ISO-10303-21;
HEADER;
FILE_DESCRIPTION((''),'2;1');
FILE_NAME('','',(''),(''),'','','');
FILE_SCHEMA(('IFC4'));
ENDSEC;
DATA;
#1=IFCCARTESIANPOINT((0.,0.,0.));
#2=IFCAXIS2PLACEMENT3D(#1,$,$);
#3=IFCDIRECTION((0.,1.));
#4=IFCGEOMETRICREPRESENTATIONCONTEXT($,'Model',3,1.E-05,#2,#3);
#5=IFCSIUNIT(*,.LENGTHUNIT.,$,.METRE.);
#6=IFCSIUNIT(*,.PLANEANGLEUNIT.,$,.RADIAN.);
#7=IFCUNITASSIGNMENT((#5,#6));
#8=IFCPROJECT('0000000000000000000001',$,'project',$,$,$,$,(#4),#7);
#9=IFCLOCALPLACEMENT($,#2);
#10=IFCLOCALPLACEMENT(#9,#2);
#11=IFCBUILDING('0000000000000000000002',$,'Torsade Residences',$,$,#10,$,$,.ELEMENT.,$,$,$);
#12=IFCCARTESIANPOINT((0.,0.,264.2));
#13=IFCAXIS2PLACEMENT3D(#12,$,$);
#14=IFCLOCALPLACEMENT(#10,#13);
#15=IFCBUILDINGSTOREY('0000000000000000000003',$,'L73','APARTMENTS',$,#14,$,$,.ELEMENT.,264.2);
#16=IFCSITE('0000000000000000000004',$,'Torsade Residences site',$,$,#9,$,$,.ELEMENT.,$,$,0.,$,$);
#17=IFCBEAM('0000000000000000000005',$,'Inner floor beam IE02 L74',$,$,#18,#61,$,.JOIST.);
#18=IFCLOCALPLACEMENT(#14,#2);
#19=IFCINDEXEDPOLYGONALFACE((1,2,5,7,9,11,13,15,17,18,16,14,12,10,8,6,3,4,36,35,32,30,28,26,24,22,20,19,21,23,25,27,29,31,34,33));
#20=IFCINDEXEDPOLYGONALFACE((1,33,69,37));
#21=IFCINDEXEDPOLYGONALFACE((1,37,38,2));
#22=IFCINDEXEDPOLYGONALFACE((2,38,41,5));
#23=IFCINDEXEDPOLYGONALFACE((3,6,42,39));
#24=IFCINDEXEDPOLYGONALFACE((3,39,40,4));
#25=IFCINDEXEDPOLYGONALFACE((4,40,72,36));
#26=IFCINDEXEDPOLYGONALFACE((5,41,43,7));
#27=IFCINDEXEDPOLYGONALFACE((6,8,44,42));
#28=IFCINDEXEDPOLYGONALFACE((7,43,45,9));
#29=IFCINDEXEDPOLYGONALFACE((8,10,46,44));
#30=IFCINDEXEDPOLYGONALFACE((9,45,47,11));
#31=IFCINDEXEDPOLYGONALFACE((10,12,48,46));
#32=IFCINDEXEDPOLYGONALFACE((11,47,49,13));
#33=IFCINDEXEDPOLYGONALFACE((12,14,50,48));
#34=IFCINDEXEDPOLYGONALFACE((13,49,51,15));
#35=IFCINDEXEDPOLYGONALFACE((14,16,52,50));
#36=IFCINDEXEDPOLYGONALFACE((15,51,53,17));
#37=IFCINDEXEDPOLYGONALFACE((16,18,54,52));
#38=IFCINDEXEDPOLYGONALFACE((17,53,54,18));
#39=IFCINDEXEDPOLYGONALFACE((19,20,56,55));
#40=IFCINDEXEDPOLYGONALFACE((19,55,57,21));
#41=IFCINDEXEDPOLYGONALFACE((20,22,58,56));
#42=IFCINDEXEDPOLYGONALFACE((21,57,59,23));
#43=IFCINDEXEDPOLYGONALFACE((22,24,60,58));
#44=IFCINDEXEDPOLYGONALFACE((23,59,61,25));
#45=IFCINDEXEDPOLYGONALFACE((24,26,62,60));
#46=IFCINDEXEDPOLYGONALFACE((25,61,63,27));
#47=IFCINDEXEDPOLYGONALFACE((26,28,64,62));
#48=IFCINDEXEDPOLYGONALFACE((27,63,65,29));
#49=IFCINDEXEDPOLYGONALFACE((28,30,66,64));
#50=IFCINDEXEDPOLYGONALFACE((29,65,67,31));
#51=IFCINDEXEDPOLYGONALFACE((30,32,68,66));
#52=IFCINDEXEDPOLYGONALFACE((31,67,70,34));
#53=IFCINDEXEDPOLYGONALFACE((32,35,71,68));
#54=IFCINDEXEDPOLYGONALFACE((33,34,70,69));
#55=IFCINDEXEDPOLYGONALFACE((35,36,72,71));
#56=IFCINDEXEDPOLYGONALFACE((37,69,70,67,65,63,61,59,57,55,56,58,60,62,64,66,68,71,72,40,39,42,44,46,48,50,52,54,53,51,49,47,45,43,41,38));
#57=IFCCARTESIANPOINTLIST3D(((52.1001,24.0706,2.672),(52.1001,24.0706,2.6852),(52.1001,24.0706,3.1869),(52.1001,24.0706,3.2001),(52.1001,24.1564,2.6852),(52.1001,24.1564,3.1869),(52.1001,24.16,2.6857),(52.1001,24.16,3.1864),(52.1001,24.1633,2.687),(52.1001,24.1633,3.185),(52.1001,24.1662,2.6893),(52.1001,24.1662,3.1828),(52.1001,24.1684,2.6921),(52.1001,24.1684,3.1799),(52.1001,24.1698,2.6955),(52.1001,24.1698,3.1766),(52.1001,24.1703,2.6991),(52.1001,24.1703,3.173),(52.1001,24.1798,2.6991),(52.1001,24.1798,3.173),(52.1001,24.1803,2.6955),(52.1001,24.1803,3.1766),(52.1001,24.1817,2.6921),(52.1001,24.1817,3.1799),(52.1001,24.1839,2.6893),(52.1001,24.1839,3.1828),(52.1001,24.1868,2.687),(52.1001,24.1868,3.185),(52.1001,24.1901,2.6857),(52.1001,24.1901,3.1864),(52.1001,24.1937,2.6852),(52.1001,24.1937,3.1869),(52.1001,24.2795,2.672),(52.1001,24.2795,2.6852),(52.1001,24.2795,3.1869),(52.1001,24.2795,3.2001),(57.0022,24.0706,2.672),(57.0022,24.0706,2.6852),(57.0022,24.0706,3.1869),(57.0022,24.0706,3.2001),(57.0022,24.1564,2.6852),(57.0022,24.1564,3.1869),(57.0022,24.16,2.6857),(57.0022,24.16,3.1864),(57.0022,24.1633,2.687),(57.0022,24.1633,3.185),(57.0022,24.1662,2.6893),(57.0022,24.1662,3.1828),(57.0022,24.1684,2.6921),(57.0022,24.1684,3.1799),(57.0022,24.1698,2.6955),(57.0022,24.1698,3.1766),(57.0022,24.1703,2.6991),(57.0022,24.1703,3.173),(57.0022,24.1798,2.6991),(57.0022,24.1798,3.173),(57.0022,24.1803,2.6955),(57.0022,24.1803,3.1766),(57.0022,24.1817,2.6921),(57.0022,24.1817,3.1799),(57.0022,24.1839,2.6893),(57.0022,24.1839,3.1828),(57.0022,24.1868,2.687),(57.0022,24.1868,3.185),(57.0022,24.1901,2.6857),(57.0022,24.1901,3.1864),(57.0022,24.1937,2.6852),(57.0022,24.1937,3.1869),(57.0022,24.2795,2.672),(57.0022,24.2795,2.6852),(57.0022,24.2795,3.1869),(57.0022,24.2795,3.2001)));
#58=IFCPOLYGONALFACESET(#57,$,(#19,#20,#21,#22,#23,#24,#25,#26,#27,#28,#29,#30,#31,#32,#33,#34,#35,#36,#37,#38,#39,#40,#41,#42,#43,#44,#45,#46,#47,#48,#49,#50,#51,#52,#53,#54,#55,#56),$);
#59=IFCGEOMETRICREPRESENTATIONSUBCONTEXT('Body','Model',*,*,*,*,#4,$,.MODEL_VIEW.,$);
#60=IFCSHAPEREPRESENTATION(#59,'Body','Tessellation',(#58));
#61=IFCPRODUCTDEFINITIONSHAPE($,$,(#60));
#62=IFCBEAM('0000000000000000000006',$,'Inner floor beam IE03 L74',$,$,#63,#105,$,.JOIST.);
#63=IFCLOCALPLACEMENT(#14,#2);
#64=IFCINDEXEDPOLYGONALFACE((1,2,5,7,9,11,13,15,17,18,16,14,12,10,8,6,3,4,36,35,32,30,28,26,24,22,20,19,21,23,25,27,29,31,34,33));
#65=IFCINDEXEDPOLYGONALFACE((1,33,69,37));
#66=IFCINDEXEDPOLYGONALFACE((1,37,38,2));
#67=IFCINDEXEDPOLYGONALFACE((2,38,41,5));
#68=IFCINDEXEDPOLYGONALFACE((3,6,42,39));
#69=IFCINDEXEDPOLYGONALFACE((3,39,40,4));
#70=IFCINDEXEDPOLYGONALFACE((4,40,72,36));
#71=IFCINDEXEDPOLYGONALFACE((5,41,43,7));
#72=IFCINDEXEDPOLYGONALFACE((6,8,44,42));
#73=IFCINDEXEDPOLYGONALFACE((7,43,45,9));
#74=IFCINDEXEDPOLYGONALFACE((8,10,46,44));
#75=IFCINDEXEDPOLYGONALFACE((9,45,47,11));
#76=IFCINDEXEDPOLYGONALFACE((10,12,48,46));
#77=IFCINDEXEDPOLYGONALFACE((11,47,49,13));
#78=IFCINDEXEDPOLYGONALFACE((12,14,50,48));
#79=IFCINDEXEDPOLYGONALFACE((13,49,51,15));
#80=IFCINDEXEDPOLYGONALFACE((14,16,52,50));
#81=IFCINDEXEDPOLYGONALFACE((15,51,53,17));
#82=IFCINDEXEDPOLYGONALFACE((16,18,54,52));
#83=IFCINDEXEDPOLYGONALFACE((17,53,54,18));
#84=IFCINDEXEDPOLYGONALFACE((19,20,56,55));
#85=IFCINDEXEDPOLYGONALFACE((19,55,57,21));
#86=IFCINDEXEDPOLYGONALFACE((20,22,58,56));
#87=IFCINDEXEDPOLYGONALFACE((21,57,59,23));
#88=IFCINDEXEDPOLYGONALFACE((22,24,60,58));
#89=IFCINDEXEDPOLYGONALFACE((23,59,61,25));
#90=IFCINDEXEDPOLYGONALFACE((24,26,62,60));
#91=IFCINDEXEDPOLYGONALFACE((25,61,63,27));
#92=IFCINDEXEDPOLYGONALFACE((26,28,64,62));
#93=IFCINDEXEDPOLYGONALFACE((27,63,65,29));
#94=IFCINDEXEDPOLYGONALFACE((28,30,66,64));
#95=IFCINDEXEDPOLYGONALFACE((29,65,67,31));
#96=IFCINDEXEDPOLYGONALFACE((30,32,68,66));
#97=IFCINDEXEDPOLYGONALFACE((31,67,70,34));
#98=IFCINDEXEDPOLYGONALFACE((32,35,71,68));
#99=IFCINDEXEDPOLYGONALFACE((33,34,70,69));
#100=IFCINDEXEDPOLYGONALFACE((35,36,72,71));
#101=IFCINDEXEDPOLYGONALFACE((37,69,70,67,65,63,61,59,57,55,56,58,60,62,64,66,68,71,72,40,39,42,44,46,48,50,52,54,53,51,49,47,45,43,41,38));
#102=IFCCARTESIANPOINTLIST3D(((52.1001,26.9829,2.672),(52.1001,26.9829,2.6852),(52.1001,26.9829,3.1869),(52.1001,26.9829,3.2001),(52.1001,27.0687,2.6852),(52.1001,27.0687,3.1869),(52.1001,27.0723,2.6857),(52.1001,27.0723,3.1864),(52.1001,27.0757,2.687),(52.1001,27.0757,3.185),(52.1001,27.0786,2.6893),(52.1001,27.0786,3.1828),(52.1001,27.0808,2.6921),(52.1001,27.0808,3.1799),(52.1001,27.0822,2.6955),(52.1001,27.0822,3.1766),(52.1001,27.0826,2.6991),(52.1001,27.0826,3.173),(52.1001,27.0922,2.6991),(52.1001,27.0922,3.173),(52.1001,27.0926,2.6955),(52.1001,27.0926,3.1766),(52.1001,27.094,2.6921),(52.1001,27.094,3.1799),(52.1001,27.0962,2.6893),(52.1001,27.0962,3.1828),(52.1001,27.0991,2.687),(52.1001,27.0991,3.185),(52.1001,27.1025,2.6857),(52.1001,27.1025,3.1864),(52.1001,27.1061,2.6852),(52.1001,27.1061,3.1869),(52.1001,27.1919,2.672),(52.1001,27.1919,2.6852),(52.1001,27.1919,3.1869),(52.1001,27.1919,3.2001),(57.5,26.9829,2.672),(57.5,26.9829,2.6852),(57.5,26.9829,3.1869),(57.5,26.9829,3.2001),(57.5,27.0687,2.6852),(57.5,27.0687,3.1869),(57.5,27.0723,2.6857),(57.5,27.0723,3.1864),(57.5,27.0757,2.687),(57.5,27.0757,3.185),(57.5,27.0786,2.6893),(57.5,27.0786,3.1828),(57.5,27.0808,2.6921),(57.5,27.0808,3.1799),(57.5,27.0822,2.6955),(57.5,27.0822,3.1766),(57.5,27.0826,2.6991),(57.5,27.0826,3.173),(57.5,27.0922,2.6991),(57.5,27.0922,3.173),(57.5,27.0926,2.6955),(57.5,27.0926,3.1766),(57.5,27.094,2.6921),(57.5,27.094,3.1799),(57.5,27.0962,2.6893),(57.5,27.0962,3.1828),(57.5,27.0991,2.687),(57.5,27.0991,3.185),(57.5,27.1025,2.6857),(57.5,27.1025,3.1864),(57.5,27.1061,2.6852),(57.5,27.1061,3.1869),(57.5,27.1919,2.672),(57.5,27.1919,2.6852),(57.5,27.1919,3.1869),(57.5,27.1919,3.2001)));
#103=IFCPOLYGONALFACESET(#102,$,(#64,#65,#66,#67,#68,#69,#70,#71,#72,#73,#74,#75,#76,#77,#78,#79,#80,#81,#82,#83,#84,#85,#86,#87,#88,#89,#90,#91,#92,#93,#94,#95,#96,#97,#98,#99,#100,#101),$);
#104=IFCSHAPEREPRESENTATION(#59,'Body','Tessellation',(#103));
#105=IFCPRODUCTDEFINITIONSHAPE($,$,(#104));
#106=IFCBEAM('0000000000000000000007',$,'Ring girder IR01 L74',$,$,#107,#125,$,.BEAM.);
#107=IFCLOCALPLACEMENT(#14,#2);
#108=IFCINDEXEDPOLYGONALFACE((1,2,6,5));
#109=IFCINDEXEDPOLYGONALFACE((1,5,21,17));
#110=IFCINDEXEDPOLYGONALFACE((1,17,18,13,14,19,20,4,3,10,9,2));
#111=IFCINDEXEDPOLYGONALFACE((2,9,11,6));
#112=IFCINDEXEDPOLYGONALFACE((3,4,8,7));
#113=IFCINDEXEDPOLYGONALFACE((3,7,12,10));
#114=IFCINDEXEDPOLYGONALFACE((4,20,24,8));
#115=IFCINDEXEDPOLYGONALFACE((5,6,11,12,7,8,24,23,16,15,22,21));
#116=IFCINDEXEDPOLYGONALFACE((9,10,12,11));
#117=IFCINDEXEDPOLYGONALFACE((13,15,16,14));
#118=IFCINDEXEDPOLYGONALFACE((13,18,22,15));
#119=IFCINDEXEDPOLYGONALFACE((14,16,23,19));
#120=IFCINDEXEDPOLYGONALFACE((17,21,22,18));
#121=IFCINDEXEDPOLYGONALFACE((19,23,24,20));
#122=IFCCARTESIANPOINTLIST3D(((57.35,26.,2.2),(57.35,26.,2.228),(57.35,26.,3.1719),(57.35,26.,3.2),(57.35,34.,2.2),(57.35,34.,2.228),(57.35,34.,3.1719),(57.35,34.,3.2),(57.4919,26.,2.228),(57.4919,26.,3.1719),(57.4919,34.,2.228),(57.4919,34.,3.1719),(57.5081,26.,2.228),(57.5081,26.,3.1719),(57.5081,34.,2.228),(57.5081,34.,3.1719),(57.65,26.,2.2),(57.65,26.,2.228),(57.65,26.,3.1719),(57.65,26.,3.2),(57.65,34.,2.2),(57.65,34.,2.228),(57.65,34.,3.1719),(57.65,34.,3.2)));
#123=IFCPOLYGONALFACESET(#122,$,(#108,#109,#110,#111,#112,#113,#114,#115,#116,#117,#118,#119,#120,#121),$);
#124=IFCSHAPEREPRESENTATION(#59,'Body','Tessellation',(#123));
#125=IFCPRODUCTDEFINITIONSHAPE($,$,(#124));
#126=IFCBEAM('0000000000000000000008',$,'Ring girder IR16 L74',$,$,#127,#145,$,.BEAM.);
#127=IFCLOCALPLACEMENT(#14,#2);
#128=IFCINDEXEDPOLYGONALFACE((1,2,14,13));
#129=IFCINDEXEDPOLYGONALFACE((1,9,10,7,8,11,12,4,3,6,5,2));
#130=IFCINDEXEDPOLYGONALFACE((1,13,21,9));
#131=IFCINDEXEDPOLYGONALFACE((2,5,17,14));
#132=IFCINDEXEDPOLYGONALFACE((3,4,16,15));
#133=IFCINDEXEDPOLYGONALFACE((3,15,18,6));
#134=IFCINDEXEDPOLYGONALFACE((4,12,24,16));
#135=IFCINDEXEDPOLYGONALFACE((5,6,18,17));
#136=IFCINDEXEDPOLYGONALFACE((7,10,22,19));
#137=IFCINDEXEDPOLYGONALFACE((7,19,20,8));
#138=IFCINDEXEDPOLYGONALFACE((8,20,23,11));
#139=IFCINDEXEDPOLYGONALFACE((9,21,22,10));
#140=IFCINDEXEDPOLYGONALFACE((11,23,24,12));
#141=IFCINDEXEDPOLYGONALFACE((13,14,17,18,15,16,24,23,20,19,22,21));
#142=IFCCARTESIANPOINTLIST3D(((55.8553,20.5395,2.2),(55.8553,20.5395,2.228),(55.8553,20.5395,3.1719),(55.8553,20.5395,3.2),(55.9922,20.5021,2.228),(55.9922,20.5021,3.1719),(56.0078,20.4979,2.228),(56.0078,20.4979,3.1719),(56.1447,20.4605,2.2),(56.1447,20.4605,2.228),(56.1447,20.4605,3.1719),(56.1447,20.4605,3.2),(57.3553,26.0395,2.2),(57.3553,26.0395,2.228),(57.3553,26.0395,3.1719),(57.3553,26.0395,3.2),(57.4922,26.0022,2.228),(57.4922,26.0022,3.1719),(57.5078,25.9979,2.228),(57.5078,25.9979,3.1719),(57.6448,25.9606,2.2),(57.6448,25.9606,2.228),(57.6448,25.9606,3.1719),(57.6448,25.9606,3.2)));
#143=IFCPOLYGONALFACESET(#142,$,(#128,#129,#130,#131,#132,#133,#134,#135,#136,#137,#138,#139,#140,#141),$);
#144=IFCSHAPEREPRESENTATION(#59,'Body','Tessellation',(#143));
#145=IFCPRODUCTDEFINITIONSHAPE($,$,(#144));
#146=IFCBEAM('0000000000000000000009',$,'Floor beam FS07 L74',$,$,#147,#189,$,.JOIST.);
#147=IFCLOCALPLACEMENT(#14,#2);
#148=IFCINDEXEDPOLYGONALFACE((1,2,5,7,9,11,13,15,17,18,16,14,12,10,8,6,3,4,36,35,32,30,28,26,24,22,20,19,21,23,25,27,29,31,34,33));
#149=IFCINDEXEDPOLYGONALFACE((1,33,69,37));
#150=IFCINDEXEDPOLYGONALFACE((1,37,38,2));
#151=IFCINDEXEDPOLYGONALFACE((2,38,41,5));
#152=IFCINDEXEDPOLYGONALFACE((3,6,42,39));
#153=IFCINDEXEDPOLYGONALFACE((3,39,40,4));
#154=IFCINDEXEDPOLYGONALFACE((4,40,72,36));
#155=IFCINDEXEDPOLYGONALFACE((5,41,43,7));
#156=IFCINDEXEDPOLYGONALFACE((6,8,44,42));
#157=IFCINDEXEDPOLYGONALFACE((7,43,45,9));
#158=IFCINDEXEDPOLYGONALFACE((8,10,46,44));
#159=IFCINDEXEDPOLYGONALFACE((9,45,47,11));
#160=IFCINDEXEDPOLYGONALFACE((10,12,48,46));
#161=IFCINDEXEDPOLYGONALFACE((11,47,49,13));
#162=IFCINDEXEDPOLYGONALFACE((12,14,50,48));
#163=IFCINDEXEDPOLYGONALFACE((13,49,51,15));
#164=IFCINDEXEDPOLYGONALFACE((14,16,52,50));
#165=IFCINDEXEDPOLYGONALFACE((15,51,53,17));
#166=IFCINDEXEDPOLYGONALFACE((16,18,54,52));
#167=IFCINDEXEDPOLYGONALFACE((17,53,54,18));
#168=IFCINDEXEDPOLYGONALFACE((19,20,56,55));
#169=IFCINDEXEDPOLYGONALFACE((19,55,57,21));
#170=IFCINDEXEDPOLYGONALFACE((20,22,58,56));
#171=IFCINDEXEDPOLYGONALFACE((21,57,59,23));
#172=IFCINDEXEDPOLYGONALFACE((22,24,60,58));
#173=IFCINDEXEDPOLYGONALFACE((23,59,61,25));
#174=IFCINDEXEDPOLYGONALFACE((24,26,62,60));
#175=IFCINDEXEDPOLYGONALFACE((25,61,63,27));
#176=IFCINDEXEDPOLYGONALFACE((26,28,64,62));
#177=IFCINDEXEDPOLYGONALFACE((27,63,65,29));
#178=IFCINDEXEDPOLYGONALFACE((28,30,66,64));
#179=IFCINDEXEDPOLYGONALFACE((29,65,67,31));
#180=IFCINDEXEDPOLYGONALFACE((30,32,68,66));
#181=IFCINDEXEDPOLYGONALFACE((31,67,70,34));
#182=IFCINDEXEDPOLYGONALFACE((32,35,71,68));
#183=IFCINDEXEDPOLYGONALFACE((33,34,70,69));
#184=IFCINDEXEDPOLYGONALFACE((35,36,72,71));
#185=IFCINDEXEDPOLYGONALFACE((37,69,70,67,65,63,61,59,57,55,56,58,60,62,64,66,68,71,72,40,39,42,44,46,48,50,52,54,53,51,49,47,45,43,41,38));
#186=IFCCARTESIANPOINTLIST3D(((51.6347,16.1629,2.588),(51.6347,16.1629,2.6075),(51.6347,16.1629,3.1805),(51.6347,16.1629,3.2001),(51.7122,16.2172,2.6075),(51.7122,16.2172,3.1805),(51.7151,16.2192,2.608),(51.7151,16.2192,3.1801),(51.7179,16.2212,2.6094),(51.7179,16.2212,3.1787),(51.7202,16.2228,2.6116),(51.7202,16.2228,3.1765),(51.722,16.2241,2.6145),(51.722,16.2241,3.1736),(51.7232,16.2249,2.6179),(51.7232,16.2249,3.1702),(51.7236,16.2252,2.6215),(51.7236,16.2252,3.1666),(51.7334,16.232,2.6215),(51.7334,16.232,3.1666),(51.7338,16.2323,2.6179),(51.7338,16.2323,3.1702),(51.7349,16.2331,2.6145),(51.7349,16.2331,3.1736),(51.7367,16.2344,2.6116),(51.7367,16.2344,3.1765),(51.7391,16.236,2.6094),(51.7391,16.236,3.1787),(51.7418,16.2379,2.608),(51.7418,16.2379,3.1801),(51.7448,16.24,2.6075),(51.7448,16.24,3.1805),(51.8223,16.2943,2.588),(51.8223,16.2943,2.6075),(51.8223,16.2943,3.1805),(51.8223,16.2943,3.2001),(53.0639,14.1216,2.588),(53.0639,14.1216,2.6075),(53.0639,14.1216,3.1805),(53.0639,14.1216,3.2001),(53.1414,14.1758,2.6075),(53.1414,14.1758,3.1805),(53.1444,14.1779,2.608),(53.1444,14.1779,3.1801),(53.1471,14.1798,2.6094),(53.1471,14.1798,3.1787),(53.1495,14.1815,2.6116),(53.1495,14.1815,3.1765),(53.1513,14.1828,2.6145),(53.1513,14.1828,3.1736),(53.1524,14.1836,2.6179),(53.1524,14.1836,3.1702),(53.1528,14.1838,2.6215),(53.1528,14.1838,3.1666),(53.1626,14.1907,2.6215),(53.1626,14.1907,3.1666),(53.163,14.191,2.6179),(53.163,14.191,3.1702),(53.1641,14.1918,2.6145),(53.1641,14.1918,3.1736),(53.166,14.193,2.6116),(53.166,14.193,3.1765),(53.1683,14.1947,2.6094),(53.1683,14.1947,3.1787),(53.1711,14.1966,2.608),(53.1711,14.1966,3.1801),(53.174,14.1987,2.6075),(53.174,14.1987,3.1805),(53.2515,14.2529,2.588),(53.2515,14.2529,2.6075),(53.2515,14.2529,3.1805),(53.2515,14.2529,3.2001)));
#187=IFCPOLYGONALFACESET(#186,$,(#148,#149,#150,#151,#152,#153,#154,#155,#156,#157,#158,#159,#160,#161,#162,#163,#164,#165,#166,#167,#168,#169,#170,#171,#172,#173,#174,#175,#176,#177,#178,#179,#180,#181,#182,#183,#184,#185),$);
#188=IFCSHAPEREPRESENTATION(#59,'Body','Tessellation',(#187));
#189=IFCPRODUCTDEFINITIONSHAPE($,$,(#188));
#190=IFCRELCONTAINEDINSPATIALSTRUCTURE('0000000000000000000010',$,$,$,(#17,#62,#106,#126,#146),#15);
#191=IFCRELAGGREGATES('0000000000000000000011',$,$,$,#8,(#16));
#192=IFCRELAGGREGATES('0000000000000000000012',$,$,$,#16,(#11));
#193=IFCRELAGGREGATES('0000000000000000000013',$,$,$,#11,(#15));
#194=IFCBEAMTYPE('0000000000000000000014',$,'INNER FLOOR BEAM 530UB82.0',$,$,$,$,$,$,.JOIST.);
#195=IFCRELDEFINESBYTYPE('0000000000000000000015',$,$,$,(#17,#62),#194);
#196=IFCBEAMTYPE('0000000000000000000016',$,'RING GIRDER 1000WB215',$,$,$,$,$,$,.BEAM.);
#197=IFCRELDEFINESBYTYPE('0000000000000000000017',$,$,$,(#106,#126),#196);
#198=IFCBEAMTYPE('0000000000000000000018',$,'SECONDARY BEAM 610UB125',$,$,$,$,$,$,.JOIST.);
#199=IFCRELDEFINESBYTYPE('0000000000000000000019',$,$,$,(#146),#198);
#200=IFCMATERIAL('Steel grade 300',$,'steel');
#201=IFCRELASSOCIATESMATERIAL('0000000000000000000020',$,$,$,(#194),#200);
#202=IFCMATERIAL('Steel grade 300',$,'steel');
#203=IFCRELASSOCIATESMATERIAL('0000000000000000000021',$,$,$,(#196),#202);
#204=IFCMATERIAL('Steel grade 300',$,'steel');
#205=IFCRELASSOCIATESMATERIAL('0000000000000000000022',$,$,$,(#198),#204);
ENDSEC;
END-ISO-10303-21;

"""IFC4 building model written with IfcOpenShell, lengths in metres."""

from ifc_helpers import new_model, si_unit, direction, frame, origin, origin_2d, place, context, subcontext, project, spatial, i_section, extrude, material, material_profile, profile_set, type_object, element, save


model = new_model("IFC4")

# Units and contexts
model_context = context("Model", 3, precision=1e-05, world=origin(), true_north=direction((0.0, 1.0)))
body_context = subcontext(model_context, "Body", "Model", "MODEL_VIEW")
ifc_project = project(units=[si_unit("LENGTHUNIT", "METRE"), si_unit("PLANEANGLEUNIT", "RADIAN")], contexts=[model_context])

# Site, building, storey
site_placement = place(None, origin())
site = spatial("IfcSite", under=ifc_project, at=site_placement, Name="Torsade Residences site", CompositionType="ELEMENT", RefElevation=0.0)
building_placement = place(site_placement, origin())
building = spatial("IfcBuilding", under=site, at=building_placement, Name="Torsade Residences", CompositionType="ELEMENT")
storey_placement = place(building_placement, frame((0.0, 0.0, 264.2)))
storey = spatial("IfcBuildingStorey", under=building, at=storey_placement, Name="L73", Description="APARTMENTS", CompositionType="ELEMENT", Elevation=264.2)

# Beams
ifc_material_1 = material(Name="Steel grade 300", Category="steel")
ifc_material_profile_1 = material_profile(ifc_material_1, i_section(OverallWidth=0.209, OverallDepth=0.5281, WebThickness=0.0095, FlangeThickness=0.0132, FilletRadius=0.0139, at=origin_2d()), Name="530UB82.0")
ifc_profile_set_1 = profile_set([ifc_material_profile_1], Name="Steel grade 300")
beam_type_1 = type_object("IfcBeamType", Name="INNER FLOOR BEAM 530UB82.0", PredefinedType="JOIST", material=ifc_profile_set_1)
beam_1_placement = place(storey_placement, frame((52.1001, 24.175, 2.936), z_axis=(1.0, 0.0, 0.0), x_axis=(0.0, 1.0, 0.0)))
element("IfcBeam", 1, at=beam_1_placement, inside=storey, type_object=beam_type_1, Name="Inner floor beam IE02 L74", PredefinedType="JOIST", context=body_context, shape_type="SweptSolid", body=[
    extrude(i_section(OverallWidth=0.209, OverallDepth=0.5281, WebThickness=0.0095, FlangeThickness=0.0132, FilletRadius=0.0139, at=origin_2d()), origin(), (0.0, 0.0, 1.0), 4.9021),
])
beam_2_placement = place(storey_placement, frame((52.1001, 27.0874, 2.936), z_axis=(1.0, 0.0, 0.0), x_axis=(0.0, 1.0, 0.0)))
element("IfcBeam", 2, at=beam_2_placement, inside=storey, type_object=beam_type_1, Name="Inner floor beam IE03 L74", PredefinedType="JOIST", context=body_context, shape_type="SweptSolid", body=[
    extrude(i_section(OverallWidth=0.209, OverallDepth=0.5281, WebThickness=0.0095, FlangeThickness=0.0132, FilletRadius=0.0139, at=origin_2d()), origin(), (0.0, 0.0, 1.0), 5.3999),
])
ifc_material_2 = material(Name="Steel grade 300", Category="steel")
ifc_material_profile_2 = material_profile(ifc_material_2, i_section(OverallWidth=0.3, OverallDepth=1.0, WebThickness=0.0161, FlangeThickness=0.0281, at=origin_2d()), Name="1000WB215")
ifc_profile_set_2 = profile_set([ifc_material_profile_2], Name="Steel grade 300")
beam_type_2 = type_object("IfcBeamType", Name="RING GIRDER 1000WB215", PredefinedType="BEAM", material=ifc_profile_set_2)
beam_3_placement = place(storey_placement, frame((57.5, 26.0, 2.7), z_axis=(0.0, 1.0, 0.0), x_axis=(-1.0, 0.0, 0.0)))
element("IfcBeam", 3, at=beam_3_placement, inside=storey, type_object=beam_type_2, Name="Ring girder IR01 L74", PredefinedType="BEAM", context=body_context, shape_type="SweptSolid", body=[
    extrude(i_section(OverallWidth=0.3, OverallDepth=1.0, WebThickness=0.0161, FlangeThickness=0.0281, at=origin_2d()), origin(), (0.0, 0.0, 1.0), 8.0),
])
beam_4_placement = place(storey_placement, frame((56.0, 20.5, 2.7), z_axis=(0.263117, 0.964764, 0.0), x_axis=(-0.964764, 0.263117, 0.0)))
element("IfcBeam", 4, at=beam_4_placement, inside=storey, type_object=beam_type_2, Name="Ring girder IR16 L74", PredefinedType="BEAM", context=body_context, shape_type="SweptSolid", body=[
    extrude(i_section(OverallWidth=0.3, OverallDepth=1.0, WebThickness=0.0161, FlangeThickness=0.0281, at=origin_2d()), origin(), (0.0, 0.0, 1.0), 5.7009),
])
ifc_material_3 = material(Name="Steel grade 300", Category="steel")
ifc_material_profile_3 = material_profile(ifc_material_3, i_section(OverallWidth=0.229, OverallDepth=0.6121, WebThickness=0.012, FlangeThickness=0.0195, FilletRadius=0.0139, at=origin_2d()), Name="610UB125")
ifc_profile_set_3 = profile_set([ifc_material_profile_3], Name="Steel grade 300")
beam_type_3 = type_object("IfcBeamType", Name="SECONDARY BEAM 610UB125", PredefinedType="JOIST", material=ifc_profile_set_3)
beam_5_placement = place(storey_placement, frame((53.1577, 14.1873, 2.894), z_axis=(-0.573548, 0.819172, 0.0), x_axis=(-0.819172, -0.573548, 0.0)))
element("IfcBeam", 5, at=beam_5_placement, inside=storey, type_object=beam_type_3, Name="Floor beam FS07 L74", PredefinedType="JOIST", context=body_context, shape_type="SweptSolid", body=[
    extrude(i_section(OverallWidth=0.229, OverallDepth=0.6121, WebThickness=0.012, FlangeThickness=0.0195, FilletRadius=0.0139, at=origin_2d()), origin(), (0.0, 0.0, 1.0), 2.4919),
])

save(model, "model.ifc")
